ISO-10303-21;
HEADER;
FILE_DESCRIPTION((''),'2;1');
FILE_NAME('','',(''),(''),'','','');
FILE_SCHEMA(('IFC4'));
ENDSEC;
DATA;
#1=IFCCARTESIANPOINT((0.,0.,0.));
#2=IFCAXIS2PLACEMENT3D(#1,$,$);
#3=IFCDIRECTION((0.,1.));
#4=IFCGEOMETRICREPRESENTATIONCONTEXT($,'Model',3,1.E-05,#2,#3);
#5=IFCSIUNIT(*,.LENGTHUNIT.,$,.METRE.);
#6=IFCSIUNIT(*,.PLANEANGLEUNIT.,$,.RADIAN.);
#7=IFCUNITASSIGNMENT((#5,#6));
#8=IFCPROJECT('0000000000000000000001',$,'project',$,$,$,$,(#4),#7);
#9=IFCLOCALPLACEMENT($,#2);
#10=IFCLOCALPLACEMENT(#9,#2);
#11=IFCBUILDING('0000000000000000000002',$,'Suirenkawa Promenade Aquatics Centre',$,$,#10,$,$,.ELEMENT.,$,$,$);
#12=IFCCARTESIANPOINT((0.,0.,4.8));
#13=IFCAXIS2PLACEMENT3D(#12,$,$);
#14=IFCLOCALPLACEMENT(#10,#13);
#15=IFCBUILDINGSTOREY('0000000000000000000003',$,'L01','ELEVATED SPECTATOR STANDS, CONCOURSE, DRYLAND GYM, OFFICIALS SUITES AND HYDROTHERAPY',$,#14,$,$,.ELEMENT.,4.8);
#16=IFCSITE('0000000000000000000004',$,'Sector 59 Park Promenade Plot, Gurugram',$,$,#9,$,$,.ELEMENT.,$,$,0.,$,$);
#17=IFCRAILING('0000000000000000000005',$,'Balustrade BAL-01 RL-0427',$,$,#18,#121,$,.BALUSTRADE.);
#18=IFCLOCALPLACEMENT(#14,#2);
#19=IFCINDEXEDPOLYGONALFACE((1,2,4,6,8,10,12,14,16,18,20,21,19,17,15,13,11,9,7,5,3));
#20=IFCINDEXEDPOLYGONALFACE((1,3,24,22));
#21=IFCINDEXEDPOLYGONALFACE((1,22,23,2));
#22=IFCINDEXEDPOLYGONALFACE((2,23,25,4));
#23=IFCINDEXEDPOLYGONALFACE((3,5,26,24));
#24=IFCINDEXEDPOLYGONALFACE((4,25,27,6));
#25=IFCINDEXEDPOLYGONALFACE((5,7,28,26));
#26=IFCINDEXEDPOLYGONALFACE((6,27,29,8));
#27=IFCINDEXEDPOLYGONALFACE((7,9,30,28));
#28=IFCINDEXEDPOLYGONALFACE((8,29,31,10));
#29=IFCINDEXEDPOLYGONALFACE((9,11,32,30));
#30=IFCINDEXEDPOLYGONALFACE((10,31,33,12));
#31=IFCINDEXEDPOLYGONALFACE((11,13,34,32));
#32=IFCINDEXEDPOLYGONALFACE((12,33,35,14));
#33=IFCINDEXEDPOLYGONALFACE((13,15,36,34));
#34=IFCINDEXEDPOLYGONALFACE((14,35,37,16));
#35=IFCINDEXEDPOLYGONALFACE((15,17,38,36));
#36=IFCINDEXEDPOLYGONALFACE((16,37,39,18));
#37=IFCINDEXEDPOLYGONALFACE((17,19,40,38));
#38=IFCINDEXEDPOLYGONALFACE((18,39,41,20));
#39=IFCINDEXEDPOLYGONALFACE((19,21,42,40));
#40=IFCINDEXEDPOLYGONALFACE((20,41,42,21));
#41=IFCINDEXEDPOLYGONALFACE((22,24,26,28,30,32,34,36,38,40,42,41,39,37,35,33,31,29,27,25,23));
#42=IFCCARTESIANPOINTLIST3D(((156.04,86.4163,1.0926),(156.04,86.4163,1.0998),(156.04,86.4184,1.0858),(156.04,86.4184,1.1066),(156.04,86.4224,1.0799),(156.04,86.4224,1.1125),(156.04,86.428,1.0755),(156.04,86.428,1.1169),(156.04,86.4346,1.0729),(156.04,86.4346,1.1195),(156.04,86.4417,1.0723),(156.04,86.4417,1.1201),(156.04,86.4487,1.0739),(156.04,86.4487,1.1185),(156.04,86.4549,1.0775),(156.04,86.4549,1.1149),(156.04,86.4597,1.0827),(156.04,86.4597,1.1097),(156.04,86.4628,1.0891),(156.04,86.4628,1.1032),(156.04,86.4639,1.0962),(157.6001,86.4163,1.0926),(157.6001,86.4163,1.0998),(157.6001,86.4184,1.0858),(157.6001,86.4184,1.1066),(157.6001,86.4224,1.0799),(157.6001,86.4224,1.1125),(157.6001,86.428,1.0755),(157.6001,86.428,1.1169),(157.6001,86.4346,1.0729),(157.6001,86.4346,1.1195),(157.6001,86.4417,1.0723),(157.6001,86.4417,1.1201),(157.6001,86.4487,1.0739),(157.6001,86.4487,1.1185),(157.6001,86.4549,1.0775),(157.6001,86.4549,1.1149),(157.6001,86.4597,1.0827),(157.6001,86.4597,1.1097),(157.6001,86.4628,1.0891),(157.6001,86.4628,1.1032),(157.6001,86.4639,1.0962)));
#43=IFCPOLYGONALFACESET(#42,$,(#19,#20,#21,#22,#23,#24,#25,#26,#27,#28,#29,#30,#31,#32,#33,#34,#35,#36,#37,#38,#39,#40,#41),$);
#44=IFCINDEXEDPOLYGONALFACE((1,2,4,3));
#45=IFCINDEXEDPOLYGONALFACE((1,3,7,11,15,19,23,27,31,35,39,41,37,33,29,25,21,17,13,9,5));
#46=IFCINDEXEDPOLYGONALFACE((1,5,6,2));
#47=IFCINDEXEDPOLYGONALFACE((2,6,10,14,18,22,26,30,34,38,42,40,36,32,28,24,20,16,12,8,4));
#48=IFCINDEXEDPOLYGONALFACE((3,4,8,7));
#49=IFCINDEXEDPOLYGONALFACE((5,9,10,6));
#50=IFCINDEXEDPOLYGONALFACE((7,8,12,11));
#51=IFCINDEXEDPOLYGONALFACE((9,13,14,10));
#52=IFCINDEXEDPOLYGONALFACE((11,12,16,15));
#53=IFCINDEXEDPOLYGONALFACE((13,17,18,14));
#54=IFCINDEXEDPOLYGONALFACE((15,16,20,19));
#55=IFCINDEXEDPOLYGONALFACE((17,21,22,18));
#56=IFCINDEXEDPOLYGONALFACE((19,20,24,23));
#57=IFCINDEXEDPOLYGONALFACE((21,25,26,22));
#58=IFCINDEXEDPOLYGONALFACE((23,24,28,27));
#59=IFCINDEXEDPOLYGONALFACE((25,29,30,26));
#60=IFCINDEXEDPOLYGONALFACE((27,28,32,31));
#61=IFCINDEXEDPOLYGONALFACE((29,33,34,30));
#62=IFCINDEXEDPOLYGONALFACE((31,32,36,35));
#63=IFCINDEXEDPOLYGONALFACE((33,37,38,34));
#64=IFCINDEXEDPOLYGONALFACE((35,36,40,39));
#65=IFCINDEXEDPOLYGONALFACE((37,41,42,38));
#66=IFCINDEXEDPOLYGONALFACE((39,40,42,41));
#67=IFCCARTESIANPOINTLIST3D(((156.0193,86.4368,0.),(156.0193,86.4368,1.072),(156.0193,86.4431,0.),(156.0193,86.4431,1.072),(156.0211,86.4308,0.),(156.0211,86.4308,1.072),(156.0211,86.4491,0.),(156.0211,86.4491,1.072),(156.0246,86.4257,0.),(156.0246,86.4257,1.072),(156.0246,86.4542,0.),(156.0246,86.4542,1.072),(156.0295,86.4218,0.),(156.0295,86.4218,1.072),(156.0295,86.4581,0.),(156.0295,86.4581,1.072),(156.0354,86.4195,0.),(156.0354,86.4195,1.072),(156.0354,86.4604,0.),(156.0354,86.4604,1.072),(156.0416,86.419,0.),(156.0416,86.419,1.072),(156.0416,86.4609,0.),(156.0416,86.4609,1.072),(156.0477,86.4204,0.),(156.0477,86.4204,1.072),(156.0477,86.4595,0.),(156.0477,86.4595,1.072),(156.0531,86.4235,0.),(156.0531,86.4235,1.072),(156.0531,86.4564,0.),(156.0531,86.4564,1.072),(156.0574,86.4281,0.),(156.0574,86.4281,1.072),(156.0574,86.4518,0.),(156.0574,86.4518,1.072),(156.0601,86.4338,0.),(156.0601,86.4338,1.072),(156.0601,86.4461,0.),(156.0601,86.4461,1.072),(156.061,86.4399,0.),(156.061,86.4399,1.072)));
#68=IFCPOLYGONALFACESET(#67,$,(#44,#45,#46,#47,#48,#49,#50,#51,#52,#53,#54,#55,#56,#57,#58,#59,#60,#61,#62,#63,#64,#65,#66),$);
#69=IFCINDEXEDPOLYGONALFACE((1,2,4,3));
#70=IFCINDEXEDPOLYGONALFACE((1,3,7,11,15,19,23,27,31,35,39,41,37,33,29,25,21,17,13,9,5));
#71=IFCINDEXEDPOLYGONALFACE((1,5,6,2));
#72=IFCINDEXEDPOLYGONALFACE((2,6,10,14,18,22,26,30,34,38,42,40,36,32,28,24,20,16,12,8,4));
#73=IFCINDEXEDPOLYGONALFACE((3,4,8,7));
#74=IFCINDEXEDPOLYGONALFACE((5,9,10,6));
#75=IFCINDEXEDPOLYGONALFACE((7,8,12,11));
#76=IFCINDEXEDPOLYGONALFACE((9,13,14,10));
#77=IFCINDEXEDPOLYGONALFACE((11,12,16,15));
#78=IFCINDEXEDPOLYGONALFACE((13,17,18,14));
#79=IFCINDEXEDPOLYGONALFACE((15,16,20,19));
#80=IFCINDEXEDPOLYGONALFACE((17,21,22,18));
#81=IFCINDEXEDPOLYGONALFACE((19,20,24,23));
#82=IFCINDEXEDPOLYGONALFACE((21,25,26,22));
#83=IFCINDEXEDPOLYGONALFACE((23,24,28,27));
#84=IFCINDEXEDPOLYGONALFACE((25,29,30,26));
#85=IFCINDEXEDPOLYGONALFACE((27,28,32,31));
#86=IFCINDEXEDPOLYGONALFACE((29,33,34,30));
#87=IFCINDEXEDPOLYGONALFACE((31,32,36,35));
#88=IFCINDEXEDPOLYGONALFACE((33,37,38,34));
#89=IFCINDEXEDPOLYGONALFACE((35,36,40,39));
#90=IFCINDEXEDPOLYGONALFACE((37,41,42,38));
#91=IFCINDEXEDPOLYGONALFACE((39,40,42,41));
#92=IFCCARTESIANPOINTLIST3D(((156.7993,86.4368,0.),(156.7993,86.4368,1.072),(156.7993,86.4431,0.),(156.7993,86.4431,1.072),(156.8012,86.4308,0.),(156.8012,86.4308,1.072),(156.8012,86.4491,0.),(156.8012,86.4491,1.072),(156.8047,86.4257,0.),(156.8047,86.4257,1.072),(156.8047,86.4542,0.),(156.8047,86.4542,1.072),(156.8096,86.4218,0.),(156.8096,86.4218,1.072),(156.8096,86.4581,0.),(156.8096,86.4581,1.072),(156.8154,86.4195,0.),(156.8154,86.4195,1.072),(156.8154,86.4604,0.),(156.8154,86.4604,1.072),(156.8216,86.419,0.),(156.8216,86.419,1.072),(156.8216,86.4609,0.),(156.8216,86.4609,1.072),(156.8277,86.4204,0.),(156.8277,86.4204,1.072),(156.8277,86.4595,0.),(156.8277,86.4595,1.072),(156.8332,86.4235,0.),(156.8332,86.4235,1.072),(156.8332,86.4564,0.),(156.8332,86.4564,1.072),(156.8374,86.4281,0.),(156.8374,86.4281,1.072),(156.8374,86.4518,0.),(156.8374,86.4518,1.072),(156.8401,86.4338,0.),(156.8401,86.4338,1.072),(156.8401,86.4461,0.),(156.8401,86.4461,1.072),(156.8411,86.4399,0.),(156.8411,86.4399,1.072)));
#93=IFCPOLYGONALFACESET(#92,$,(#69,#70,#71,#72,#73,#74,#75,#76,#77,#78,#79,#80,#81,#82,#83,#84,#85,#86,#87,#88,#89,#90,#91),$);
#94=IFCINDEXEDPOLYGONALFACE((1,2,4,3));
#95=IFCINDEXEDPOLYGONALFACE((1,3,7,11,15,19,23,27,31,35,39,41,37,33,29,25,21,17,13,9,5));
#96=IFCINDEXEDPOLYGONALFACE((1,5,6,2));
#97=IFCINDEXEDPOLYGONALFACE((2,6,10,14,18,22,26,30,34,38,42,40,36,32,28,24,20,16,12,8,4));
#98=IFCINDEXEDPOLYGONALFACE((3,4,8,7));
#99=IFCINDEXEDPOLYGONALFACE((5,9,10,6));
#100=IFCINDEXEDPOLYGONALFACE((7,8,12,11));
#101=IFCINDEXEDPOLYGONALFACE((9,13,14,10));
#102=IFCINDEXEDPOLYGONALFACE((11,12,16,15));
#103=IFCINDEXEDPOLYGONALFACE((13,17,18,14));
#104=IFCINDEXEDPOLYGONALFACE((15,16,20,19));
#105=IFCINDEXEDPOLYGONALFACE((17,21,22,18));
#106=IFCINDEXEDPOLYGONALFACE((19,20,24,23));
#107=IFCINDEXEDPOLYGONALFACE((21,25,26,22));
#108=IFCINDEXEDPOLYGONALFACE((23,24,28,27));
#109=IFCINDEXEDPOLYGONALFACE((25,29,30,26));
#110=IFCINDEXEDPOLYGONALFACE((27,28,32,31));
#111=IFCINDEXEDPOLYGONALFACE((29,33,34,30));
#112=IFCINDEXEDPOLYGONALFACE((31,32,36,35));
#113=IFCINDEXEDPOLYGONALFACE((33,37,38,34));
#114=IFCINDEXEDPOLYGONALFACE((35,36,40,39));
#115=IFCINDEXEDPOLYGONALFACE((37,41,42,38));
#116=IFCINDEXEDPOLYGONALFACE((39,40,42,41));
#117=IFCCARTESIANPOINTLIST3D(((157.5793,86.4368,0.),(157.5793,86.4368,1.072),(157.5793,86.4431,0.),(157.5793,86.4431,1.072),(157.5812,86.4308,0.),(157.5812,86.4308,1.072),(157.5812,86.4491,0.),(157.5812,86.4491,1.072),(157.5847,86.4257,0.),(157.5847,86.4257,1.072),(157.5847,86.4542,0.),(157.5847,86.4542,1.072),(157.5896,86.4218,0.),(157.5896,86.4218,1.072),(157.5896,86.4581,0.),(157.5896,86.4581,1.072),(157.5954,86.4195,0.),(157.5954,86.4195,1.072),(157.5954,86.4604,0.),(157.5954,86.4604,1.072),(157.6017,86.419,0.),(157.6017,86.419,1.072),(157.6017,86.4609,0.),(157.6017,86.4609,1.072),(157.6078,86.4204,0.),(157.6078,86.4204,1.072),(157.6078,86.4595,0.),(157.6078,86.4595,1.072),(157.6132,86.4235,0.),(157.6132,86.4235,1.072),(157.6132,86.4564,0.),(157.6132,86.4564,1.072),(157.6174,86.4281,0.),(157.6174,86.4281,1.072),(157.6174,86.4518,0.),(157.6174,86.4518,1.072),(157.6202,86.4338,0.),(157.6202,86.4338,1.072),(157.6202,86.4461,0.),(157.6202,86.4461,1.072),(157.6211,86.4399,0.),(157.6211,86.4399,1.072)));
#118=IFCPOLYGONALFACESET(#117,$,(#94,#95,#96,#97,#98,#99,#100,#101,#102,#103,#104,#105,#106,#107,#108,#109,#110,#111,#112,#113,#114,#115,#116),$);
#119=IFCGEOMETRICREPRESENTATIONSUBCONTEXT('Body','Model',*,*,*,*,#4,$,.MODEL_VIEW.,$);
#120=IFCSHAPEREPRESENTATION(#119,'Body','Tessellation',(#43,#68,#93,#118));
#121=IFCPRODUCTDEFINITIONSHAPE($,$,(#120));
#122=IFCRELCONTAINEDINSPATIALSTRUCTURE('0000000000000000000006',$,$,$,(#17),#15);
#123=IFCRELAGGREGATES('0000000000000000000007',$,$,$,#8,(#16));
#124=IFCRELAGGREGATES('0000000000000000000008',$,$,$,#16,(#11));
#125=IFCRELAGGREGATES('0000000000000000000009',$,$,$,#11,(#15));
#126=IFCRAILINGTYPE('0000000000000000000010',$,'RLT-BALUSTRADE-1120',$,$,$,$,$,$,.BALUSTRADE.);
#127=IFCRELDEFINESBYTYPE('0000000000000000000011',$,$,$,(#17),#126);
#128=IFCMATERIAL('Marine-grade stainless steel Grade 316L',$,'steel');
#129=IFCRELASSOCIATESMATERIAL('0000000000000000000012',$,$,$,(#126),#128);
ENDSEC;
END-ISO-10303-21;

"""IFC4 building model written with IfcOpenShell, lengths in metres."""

from ifc_helpers import new_model, si_unit, direction, frame, origin, origin_2d, place, context, subcontext, project, spatial, circle, extrude, material, type_object, element, save


model = new_model("IFC4")

# Units and contexts
model_context = context("Model", 3, precision=1e-05, world=origin(), true_north=direction((0.0, 1.0)))
body_context = subcontext(model_context, "Body", "Model", "MODEL_VIEW")
ifc_project = project(units=[si_unit("LENGTHUNIT", "METRE"), si_unit("PLANEANGLEUNIT", "RADIAN")], contexts=[model_context])

# Site, building, storey
site_placement = place(None, origin())
site = spatial("IfcSite", under=ifc_project, at=site_placement, Name="Sector 59 Park Promenade Plot, Gurugram", CompositionType="ELEMENT", RefElevation=0.0)
building_placement = place(site_placement, origin())
building = spatial("IfcBuilding", under=site, at=building_placement, Name="Suirenkawa Promenade Aquatics Centre", CompositionType="ELEMENT")
storey_placement = place(building_placement, frame((0.0, 0.0, 4.8)))
storey = spatial("IfcBuildingStorey", under=building, at=storey_placement, Name="L01", Description="ELEVATED SPECTATOR STANDS, CONCOURSE, DRYLAND GYM, OFFICIALS SUITES AND HYDROTHERAPY", CompositionType="ELEMENT", Elevation=4.8)

# Railing
ifc_material_1 = material(Name="Marine-grade stainless steel Grade 316L", Category="steel")
railing_type_1 = type_object("IfcRailingType", Name="RLT-BALUSTRADE-1120", PredefinedType="BALUSTRADE", material=ifc_material_1)
railing_1_placement = place(storey_placement, frame((156.04, 86.4399, 0.0)))
element("IfcRailing", 1, at=railing_1_placement, inside=storey, type_object=railing_type_1, Name="Balustrade BAL-01 RL-0427", PredefinedType="BALUSTRADE", context=body_context, shape_type="SweptSolid", body=[
    extrude(circle(Radius=0.0239, at=origin_2d()), frame((0.0, 0.0, 1.0962), z_axis=(1.0, 0.0, 0.0), x_axis=(0.0, 1.0, 0.0)), (0.0, 0.0, 1.0), 1.5601),
    extrude(circle(Radius=0.021, at=origin_2d()), origin(), (0.0, 0.0, 1.0), 1.072),
    extrude(circle(Radius=0.021, at=origin_2d()), frame((0.78, 0.0, 0.0)), (0.0, 0.0, 1.0), 1.072),
    extrude(circle(Radius=0.021, at=origin_2d()), frame((1.5601, 0.0, 0.0)), (0.0, 0.0, 1.0), 1.072),
])

save(model, "model.ifc")
